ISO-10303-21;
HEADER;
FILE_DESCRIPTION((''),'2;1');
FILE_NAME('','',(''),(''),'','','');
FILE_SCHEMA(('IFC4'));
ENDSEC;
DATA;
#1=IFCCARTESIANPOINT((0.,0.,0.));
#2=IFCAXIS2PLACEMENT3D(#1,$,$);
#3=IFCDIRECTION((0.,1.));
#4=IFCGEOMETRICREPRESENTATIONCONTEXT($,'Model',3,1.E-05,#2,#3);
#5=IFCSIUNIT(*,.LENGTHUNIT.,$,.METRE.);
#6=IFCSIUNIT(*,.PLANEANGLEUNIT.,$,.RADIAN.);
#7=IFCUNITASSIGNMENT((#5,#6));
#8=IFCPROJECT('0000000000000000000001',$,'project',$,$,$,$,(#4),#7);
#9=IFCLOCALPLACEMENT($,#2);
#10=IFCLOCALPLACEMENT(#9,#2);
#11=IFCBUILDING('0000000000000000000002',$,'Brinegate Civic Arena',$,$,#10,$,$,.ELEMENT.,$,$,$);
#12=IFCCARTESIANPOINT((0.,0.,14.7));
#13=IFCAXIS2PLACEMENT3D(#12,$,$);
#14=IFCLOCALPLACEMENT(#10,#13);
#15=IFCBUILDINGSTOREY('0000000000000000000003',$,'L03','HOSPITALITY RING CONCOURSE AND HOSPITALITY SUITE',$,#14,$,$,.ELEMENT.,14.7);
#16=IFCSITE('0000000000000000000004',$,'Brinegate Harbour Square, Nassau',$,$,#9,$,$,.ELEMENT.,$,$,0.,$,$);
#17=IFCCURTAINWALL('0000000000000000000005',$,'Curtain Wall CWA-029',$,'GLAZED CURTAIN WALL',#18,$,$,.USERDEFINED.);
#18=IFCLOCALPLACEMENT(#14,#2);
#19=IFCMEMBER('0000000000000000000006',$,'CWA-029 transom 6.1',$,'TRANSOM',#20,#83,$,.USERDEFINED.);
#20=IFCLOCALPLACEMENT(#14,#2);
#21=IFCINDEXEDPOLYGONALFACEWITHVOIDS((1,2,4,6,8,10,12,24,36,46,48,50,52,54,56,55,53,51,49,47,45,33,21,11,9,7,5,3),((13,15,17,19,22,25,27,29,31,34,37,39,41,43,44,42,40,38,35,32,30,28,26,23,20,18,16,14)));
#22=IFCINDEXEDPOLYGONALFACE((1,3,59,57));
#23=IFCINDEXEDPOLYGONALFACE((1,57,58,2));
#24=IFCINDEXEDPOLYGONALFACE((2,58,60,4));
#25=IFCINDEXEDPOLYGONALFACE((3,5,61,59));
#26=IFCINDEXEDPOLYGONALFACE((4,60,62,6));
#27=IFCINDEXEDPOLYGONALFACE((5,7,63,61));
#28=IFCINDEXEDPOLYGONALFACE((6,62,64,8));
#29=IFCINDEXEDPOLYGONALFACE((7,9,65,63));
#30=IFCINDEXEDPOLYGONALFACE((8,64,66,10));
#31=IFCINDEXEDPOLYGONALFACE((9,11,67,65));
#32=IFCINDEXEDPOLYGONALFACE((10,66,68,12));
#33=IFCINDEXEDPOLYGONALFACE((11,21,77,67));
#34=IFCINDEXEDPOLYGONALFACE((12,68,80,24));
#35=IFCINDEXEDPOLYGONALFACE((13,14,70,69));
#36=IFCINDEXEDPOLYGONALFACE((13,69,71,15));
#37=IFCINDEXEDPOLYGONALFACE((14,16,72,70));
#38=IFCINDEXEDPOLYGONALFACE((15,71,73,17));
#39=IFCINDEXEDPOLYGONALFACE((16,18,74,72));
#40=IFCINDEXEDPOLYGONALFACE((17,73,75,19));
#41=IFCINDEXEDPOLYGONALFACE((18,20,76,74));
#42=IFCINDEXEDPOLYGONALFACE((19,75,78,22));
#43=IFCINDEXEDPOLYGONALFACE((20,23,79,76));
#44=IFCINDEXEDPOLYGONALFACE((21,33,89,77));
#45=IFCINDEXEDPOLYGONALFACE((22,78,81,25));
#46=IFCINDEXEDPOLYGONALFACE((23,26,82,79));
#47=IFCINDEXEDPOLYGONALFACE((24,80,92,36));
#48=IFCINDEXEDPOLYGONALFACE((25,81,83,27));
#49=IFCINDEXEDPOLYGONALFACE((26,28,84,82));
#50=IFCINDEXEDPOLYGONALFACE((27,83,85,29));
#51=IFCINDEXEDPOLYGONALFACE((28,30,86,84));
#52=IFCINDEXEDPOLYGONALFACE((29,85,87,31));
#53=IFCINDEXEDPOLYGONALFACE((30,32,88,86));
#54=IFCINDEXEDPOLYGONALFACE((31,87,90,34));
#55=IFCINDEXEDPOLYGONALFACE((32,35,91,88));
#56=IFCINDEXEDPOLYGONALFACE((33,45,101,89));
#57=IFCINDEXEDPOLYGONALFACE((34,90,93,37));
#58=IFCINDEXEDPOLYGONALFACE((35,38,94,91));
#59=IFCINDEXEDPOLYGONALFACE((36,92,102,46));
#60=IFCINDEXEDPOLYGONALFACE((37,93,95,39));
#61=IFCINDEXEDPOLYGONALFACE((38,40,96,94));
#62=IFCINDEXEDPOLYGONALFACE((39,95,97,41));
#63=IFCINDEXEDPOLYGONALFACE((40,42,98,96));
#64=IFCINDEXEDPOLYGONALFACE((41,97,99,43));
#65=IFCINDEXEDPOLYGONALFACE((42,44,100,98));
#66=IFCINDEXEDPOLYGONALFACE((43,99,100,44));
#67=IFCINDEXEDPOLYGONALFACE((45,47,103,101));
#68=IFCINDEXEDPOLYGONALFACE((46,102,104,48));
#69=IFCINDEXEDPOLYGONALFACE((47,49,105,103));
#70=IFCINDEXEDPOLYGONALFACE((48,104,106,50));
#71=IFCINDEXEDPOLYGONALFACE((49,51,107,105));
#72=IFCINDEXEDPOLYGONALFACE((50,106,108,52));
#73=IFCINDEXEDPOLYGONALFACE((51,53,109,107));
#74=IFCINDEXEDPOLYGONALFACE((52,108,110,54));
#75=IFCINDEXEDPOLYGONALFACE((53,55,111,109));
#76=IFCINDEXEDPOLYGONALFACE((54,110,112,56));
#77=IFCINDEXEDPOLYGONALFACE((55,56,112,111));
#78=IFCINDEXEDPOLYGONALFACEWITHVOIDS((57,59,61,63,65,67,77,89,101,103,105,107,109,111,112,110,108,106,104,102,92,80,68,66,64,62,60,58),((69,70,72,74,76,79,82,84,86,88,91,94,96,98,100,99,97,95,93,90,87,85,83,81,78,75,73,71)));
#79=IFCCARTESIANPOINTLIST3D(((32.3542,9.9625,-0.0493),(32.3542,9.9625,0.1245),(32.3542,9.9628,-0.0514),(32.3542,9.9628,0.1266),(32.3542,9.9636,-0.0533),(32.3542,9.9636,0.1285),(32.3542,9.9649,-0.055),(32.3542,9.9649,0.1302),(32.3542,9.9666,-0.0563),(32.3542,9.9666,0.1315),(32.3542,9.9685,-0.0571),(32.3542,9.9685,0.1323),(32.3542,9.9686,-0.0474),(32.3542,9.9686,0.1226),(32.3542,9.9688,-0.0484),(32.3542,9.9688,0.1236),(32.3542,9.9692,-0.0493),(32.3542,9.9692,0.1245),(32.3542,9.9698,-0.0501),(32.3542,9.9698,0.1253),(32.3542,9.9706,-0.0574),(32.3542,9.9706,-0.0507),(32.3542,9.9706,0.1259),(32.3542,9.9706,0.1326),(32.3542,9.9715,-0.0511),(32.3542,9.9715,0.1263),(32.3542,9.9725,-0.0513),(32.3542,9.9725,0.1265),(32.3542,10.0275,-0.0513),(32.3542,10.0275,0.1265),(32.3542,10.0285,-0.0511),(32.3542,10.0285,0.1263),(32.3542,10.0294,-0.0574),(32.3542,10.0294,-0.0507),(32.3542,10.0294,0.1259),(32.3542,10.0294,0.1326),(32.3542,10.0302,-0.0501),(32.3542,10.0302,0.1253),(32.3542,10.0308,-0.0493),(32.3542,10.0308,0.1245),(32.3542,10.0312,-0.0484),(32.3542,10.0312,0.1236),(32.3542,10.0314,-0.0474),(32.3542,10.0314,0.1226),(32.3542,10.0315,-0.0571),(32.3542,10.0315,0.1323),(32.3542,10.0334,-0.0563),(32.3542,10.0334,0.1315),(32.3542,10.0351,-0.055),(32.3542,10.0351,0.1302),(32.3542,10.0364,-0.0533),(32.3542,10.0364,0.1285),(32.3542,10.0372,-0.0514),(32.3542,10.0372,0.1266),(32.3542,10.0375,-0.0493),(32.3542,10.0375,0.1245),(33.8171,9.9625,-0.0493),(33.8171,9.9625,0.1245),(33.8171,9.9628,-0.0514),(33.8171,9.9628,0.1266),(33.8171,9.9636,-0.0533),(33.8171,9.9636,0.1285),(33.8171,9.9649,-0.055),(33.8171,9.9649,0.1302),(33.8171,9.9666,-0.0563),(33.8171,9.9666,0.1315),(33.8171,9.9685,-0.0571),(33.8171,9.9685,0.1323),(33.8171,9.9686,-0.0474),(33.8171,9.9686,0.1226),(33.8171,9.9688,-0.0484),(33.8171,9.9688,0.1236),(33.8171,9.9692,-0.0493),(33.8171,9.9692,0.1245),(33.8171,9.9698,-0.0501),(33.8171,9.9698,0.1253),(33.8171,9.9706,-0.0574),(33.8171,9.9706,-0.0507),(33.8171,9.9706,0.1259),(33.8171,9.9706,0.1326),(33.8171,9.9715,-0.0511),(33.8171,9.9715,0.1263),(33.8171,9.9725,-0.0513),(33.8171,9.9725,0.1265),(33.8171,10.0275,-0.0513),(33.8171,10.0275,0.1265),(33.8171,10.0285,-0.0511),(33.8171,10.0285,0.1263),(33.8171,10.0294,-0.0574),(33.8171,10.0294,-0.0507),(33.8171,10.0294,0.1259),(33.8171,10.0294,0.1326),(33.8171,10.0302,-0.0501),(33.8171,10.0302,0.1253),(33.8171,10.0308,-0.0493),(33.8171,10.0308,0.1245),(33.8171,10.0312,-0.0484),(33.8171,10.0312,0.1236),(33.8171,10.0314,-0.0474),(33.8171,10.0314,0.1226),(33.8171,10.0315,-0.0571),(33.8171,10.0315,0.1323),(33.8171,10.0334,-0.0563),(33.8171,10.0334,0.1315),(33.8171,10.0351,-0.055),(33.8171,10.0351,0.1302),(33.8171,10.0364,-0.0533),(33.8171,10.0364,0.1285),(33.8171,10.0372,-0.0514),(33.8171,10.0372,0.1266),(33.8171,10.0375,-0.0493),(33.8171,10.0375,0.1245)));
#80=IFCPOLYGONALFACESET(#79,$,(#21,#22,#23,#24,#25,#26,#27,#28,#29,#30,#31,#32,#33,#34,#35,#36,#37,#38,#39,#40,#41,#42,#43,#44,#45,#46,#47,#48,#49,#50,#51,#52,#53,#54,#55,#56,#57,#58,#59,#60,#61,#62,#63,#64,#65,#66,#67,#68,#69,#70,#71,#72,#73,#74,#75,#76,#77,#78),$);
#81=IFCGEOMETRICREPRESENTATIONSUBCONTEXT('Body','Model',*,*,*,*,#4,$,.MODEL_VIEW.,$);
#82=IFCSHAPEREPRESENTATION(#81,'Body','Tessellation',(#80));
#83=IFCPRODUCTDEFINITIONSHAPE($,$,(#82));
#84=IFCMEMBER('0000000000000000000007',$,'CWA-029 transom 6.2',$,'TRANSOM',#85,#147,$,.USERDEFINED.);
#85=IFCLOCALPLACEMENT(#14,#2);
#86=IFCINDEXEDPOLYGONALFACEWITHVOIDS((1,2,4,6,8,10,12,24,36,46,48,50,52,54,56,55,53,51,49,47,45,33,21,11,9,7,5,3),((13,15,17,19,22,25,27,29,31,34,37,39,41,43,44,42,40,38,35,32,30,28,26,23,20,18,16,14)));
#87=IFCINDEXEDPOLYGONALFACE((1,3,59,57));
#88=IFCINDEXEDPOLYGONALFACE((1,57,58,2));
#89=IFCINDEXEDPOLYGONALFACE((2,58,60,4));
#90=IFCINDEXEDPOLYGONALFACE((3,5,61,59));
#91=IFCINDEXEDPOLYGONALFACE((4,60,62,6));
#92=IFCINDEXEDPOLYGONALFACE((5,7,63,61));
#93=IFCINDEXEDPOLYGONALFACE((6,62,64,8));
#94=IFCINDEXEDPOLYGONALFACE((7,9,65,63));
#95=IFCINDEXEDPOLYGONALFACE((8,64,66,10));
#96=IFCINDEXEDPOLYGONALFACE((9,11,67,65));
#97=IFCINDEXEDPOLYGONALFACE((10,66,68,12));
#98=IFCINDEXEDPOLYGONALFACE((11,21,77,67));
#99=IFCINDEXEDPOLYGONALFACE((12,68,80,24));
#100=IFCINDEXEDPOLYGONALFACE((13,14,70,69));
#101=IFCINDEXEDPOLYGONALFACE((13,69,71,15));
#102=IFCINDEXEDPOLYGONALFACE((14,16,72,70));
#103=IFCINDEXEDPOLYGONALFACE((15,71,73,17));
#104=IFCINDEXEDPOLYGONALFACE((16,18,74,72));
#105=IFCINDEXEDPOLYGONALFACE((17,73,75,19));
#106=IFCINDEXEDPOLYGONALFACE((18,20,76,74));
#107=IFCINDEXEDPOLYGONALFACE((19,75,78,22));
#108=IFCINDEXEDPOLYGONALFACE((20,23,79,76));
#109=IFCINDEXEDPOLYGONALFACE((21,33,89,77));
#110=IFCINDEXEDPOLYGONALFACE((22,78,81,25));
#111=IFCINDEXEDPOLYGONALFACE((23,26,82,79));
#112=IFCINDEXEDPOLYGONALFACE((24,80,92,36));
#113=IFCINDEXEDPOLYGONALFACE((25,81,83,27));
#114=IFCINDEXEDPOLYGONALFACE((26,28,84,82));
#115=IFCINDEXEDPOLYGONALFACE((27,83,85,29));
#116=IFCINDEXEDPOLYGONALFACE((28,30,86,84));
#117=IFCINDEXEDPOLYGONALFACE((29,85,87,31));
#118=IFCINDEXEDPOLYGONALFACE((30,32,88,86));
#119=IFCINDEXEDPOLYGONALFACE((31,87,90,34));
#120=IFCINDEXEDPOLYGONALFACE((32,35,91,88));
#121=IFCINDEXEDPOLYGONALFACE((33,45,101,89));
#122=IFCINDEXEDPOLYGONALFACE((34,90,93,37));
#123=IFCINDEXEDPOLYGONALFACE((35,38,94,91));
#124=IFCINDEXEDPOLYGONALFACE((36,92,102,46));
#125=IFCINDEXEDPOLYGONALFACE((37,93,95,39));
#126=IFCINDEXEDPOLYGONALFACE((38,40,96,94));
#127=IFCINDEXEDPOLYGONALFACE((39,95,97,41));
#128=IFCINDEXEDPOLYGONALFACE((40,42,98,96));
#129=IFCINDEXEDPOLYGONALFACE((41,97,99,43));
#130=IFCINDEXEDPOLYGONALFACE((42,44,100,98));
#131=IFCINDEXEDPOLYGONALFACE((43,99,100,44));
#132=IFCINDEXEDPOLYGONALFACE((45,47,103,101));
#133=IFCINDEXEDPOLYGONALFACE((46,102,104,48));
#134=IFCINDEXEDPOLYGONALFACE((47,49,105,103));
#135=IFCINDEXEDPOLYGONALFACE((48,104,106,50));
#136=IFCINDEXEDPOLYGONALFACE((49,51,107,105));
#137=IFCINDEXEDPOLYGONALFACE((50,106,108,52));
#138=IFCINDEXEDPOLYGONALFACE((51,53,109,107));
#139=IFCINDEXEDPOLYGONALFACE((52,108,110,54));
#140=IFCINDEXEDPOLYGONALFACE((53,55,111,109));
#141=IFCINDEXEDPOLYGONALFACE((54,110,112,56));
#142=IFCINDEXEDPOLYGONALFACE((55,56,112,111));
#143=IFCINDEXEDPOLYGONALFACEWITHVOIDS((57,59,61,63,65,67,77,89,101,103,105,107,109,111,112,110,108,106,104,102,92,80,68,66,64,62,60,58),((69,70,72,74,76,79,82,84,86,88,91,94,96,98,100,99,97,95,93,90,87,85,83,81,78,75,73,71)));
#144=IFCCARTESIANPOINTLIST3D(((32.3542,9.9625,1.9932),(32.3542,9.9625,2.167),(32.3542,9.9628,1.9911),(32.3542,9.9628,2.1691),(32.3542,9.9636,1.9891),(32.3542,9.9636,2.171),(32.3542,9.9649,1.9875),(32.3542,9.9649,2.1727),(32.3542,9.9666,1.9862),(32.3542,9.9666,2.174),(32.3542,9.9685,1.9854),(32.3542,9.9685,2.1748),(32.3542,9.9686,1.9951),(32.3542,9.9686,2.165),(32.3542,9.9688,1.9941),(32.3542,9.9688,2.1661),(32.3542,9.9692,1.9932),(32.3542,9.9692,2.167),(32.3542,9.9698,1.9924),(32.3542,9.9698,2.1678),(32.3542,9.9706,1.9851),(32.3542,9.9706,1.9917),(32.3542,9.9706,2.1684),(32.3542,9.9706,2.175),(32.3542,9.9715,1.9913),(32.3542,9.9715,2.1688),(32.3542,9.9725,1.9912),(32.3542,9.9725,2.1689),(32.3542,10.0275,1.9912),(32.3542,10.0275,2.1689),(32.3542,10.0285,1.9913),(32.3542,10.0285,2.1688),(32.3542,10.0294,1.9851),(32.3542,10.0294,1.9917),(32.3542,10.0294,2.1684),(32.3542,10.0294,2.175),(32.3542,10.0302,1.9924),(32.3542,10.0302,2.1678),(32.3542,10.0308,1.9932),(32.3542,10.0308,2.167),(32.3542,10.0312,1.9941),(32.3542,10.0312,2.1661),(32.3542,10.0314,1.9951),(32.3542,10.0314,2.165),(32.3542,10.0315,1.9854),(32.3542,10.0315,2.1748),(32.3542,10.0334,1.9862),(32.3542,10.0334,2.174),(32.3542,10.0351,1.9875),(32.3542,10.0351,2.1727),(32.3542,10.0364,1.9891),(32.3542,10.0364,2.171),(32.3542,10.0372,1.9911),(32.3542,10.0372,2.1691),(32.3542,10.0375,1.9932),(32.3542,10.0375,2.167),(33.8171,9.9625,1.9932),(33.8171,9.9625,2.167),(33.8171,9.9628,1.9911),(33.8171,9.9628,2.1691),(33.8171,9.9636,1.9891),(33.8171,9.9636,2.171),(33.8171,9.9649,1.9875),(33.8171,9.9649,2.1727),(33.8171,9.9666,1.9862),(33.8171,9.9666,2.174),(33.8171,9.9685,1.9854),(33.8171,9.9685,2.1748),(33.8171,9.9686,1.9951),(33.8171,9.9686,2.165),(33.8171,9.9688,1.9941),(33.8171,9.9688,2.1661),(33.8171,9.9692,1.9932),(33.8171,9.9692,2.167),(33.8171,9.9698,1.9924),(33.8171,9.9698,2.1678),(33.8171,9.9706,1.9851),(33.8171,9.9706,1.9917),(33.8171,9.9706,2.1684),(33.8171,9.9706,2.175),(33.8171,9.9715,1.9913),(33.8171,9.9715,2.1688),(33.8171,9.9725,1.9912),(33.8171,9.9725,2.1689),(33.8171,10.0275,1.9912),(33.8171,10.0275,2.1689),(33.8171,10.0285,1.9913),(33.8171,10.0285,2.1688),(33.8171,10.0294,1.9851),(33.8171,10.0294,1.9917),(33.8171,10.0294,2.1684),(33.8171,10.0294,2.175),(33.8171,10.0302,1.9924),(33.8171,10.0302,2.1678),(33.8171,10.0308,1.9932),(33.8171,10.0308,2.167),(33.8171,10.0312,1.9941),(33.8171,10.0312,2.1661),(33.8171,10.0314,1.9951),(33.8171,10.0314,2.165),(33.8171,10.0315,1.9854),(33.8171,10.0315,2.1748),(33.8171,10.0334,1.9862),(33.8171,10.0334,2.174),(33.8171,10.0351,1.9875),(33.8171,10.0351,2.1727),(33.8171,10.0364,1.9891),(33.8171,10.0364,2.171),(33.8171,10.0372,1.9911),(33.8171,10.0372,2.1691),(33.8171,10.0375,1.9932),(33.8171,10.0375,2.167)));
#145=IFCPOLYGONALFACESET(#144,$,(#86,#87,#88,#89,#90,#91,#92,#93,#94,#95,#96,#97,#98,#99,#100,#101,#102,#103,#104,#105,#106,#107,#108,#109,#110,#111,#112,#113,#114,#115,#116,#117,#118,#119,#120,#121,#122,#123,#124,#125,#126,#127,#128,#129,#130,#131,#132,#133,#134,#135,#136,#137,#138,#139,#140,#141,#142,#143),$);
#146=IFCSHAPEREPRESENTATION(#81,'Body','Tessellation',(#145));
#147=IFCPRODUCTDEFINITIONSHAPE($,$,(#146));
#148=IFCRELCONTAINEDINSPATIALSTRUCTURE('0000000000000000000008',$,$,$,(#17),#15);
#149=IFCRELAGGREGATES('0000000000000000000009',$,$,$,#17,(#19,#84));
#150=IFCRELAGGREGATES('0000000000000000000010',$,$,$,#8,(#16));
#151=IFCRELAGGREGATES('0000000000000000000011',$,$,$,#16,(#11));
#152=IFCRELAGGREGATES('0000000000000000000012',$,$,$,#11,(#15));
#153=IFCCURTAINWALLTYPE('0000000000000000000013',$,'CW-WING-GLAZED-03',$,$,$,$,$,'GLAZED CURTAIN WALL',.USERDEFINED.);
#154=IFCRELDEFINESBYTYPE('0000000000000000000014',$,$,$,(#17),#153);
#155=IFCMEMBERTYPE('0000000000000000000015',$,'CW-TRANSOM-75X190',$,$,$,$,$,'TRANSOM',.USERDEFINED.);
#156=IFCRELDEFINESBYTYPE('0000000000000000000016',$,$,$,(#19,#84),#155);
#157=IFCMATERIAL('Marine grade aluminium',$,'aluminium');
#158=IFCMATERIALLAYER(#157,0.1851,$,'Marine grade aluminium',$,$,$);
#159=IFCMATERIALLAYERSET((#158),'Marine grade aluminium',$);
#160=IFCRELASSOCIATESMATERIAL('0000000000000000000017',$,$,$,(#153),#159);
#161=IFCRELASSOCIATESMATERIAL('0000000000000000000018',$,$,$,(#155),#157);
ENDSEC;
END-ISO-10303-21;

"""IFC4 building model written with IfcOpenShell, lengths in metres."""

from ifc_helpers import new_model, si_unit, direction, frame, origin, origin_2d, place, context, subcontext, project, spatial, hollow_rectangle, extrude, material, layer, layer_set, material_profile, profile_set, type_object, element, aggregate, save


model = new_model("IFC4")

# Units and contexts
model_context = context("Model", 3, precision=1e-05, world=origin(), true_north=direction((0.0, 1.0)))
body_context = subcontext(model_context, "Body", "Model", "MODEL_VIEW")
ifc_project = project(units=[si_unit("LENGTHUNIT", "METRE"), si_unit("PLANEANGLEUNIT", "RADIAN")], contexts=[model_context])

# Site, building, storey
site_placement = place(None, origin())
site = spatial("IfcSite", under=ifc_project, at=site_placement, Name="Brinegate Harbour Square, Nassau", CompositionType="ELEMENT", RefElevation=0.0)
building_placement = place(site_placement, origin())
building = spatial("IfcBuilding", under=site, at=building_placement, Name="Brinegate Civic Arena", CompositionType="ELEMENT")
storey_placement = place(building_placement, frame((0.0, 0.0, 14.7)))
storey = spatial("IfcBuildingStorey", under=building, at=storey_placement, Name="L03", Description="HOSPITALITY RING CONCOURSE AND HOSPITALITY SUITE", CompositionType="ELEMENT", Elevation=14.7)

# Curtain wall, members
ifc_material_1 = material(Name="Marine grade aluminium", Category="aluminium")
ifc_layer_1 = layer(ifc_material_1, 0.1851, Name="Marine grade aluminium")
ifc_layer_set_1 = layer_set([ifc_layer_1], Name="Marine grade aluminium")
curtain_wall_type = type_object("IfcCurtainWallType", Name="CW-WING-GLAZED-03", ElementType="GLAZED CURTAIN WALL", PredefinedType="USERDEFINED", material=ifc_layer_set_1)
curtain_wall_placement = place(storey_placement, origin())
curtain_wall = element("IfcCurtainWall", 1, at=curtain_wall_placement, inside=storey, type_object=curtain_wall_type, Name="Curtain Wall CWA-029", ObjectType="GLAZED CURTAIN WALL", PredefinedType="USERDEFINED")
ifc_material_profile_1 = material_profile(ifc_material_1, hollow_rectangle(XDim=0.075, YDim=0.1899, WallThickness=0.0061, InnerFilletRadius=0.0039, OuterFilletRadius=0.0081, at=origin_2d()), Name="TRN75X190")
ifc_profile_set_1 = profile_set([ifc_material_profile_1], Name="Marine grade aluminium")
member_type_1 = type_object("IfcMemberType", Name="CW-TRANSOM-75X190", ElementType="TRANSOM", PredefinedType="USERDEFINED", material=ifc_profile_set_1)
member_1_placement = place(storey_placement, frame((32.3542, 10.0, 0.0376), z_axis=(1.0, 0.0, 0.0), x_axis=(0.0, 1.0, 0.0)))
member_1 = element("IfcMember", 2, at=member_1_placement, type_object=member_type_1, Name="CWA-029 transom 6.1", ObjectType="TRANSOM", PredefinedType="USERDEFINED", context=body_context, shape_type="SweptSolid", body=[
    extrude(hollow_rectangle(XDim=0.075, YDim=0.1899, WallThickness=0.0061, InnerFilletRadius=0.0039, OuterFilletRadius=0.0081, at=origin_2d()), origin(), (0.0, 0.0, 1.0), 1.4629),
])
member_2_placement = place(storey_placement, frame((32.3542, 10.0, 2.0801), z_axis=(1.0, 0.0, 0.0), x_axis=(0.0, 1.0, 0.0)))
member_2 = element("IfcMember", 3, at=member_2_placement, type_object=member_type_1, Name="CWA-029 transom 6.2", ObjectType="TRANSOM", PredefinedType="USERDEFINED", context=body_context, shape_type="SweptSolid", body=[
    extrude(hollow_rectangle(XDim=0.075, YDim=0.1899, WallThickness=0.0061, InnerFilletRadius=0.0039, OuterFilletRadius=0.0081, at=origin_2d()), origin(), (0.0, 0.0, 1.0), 1.4629),
])
aggregate(curtain_wall, [member_1, member_2])

save(model, "model.ifc")
